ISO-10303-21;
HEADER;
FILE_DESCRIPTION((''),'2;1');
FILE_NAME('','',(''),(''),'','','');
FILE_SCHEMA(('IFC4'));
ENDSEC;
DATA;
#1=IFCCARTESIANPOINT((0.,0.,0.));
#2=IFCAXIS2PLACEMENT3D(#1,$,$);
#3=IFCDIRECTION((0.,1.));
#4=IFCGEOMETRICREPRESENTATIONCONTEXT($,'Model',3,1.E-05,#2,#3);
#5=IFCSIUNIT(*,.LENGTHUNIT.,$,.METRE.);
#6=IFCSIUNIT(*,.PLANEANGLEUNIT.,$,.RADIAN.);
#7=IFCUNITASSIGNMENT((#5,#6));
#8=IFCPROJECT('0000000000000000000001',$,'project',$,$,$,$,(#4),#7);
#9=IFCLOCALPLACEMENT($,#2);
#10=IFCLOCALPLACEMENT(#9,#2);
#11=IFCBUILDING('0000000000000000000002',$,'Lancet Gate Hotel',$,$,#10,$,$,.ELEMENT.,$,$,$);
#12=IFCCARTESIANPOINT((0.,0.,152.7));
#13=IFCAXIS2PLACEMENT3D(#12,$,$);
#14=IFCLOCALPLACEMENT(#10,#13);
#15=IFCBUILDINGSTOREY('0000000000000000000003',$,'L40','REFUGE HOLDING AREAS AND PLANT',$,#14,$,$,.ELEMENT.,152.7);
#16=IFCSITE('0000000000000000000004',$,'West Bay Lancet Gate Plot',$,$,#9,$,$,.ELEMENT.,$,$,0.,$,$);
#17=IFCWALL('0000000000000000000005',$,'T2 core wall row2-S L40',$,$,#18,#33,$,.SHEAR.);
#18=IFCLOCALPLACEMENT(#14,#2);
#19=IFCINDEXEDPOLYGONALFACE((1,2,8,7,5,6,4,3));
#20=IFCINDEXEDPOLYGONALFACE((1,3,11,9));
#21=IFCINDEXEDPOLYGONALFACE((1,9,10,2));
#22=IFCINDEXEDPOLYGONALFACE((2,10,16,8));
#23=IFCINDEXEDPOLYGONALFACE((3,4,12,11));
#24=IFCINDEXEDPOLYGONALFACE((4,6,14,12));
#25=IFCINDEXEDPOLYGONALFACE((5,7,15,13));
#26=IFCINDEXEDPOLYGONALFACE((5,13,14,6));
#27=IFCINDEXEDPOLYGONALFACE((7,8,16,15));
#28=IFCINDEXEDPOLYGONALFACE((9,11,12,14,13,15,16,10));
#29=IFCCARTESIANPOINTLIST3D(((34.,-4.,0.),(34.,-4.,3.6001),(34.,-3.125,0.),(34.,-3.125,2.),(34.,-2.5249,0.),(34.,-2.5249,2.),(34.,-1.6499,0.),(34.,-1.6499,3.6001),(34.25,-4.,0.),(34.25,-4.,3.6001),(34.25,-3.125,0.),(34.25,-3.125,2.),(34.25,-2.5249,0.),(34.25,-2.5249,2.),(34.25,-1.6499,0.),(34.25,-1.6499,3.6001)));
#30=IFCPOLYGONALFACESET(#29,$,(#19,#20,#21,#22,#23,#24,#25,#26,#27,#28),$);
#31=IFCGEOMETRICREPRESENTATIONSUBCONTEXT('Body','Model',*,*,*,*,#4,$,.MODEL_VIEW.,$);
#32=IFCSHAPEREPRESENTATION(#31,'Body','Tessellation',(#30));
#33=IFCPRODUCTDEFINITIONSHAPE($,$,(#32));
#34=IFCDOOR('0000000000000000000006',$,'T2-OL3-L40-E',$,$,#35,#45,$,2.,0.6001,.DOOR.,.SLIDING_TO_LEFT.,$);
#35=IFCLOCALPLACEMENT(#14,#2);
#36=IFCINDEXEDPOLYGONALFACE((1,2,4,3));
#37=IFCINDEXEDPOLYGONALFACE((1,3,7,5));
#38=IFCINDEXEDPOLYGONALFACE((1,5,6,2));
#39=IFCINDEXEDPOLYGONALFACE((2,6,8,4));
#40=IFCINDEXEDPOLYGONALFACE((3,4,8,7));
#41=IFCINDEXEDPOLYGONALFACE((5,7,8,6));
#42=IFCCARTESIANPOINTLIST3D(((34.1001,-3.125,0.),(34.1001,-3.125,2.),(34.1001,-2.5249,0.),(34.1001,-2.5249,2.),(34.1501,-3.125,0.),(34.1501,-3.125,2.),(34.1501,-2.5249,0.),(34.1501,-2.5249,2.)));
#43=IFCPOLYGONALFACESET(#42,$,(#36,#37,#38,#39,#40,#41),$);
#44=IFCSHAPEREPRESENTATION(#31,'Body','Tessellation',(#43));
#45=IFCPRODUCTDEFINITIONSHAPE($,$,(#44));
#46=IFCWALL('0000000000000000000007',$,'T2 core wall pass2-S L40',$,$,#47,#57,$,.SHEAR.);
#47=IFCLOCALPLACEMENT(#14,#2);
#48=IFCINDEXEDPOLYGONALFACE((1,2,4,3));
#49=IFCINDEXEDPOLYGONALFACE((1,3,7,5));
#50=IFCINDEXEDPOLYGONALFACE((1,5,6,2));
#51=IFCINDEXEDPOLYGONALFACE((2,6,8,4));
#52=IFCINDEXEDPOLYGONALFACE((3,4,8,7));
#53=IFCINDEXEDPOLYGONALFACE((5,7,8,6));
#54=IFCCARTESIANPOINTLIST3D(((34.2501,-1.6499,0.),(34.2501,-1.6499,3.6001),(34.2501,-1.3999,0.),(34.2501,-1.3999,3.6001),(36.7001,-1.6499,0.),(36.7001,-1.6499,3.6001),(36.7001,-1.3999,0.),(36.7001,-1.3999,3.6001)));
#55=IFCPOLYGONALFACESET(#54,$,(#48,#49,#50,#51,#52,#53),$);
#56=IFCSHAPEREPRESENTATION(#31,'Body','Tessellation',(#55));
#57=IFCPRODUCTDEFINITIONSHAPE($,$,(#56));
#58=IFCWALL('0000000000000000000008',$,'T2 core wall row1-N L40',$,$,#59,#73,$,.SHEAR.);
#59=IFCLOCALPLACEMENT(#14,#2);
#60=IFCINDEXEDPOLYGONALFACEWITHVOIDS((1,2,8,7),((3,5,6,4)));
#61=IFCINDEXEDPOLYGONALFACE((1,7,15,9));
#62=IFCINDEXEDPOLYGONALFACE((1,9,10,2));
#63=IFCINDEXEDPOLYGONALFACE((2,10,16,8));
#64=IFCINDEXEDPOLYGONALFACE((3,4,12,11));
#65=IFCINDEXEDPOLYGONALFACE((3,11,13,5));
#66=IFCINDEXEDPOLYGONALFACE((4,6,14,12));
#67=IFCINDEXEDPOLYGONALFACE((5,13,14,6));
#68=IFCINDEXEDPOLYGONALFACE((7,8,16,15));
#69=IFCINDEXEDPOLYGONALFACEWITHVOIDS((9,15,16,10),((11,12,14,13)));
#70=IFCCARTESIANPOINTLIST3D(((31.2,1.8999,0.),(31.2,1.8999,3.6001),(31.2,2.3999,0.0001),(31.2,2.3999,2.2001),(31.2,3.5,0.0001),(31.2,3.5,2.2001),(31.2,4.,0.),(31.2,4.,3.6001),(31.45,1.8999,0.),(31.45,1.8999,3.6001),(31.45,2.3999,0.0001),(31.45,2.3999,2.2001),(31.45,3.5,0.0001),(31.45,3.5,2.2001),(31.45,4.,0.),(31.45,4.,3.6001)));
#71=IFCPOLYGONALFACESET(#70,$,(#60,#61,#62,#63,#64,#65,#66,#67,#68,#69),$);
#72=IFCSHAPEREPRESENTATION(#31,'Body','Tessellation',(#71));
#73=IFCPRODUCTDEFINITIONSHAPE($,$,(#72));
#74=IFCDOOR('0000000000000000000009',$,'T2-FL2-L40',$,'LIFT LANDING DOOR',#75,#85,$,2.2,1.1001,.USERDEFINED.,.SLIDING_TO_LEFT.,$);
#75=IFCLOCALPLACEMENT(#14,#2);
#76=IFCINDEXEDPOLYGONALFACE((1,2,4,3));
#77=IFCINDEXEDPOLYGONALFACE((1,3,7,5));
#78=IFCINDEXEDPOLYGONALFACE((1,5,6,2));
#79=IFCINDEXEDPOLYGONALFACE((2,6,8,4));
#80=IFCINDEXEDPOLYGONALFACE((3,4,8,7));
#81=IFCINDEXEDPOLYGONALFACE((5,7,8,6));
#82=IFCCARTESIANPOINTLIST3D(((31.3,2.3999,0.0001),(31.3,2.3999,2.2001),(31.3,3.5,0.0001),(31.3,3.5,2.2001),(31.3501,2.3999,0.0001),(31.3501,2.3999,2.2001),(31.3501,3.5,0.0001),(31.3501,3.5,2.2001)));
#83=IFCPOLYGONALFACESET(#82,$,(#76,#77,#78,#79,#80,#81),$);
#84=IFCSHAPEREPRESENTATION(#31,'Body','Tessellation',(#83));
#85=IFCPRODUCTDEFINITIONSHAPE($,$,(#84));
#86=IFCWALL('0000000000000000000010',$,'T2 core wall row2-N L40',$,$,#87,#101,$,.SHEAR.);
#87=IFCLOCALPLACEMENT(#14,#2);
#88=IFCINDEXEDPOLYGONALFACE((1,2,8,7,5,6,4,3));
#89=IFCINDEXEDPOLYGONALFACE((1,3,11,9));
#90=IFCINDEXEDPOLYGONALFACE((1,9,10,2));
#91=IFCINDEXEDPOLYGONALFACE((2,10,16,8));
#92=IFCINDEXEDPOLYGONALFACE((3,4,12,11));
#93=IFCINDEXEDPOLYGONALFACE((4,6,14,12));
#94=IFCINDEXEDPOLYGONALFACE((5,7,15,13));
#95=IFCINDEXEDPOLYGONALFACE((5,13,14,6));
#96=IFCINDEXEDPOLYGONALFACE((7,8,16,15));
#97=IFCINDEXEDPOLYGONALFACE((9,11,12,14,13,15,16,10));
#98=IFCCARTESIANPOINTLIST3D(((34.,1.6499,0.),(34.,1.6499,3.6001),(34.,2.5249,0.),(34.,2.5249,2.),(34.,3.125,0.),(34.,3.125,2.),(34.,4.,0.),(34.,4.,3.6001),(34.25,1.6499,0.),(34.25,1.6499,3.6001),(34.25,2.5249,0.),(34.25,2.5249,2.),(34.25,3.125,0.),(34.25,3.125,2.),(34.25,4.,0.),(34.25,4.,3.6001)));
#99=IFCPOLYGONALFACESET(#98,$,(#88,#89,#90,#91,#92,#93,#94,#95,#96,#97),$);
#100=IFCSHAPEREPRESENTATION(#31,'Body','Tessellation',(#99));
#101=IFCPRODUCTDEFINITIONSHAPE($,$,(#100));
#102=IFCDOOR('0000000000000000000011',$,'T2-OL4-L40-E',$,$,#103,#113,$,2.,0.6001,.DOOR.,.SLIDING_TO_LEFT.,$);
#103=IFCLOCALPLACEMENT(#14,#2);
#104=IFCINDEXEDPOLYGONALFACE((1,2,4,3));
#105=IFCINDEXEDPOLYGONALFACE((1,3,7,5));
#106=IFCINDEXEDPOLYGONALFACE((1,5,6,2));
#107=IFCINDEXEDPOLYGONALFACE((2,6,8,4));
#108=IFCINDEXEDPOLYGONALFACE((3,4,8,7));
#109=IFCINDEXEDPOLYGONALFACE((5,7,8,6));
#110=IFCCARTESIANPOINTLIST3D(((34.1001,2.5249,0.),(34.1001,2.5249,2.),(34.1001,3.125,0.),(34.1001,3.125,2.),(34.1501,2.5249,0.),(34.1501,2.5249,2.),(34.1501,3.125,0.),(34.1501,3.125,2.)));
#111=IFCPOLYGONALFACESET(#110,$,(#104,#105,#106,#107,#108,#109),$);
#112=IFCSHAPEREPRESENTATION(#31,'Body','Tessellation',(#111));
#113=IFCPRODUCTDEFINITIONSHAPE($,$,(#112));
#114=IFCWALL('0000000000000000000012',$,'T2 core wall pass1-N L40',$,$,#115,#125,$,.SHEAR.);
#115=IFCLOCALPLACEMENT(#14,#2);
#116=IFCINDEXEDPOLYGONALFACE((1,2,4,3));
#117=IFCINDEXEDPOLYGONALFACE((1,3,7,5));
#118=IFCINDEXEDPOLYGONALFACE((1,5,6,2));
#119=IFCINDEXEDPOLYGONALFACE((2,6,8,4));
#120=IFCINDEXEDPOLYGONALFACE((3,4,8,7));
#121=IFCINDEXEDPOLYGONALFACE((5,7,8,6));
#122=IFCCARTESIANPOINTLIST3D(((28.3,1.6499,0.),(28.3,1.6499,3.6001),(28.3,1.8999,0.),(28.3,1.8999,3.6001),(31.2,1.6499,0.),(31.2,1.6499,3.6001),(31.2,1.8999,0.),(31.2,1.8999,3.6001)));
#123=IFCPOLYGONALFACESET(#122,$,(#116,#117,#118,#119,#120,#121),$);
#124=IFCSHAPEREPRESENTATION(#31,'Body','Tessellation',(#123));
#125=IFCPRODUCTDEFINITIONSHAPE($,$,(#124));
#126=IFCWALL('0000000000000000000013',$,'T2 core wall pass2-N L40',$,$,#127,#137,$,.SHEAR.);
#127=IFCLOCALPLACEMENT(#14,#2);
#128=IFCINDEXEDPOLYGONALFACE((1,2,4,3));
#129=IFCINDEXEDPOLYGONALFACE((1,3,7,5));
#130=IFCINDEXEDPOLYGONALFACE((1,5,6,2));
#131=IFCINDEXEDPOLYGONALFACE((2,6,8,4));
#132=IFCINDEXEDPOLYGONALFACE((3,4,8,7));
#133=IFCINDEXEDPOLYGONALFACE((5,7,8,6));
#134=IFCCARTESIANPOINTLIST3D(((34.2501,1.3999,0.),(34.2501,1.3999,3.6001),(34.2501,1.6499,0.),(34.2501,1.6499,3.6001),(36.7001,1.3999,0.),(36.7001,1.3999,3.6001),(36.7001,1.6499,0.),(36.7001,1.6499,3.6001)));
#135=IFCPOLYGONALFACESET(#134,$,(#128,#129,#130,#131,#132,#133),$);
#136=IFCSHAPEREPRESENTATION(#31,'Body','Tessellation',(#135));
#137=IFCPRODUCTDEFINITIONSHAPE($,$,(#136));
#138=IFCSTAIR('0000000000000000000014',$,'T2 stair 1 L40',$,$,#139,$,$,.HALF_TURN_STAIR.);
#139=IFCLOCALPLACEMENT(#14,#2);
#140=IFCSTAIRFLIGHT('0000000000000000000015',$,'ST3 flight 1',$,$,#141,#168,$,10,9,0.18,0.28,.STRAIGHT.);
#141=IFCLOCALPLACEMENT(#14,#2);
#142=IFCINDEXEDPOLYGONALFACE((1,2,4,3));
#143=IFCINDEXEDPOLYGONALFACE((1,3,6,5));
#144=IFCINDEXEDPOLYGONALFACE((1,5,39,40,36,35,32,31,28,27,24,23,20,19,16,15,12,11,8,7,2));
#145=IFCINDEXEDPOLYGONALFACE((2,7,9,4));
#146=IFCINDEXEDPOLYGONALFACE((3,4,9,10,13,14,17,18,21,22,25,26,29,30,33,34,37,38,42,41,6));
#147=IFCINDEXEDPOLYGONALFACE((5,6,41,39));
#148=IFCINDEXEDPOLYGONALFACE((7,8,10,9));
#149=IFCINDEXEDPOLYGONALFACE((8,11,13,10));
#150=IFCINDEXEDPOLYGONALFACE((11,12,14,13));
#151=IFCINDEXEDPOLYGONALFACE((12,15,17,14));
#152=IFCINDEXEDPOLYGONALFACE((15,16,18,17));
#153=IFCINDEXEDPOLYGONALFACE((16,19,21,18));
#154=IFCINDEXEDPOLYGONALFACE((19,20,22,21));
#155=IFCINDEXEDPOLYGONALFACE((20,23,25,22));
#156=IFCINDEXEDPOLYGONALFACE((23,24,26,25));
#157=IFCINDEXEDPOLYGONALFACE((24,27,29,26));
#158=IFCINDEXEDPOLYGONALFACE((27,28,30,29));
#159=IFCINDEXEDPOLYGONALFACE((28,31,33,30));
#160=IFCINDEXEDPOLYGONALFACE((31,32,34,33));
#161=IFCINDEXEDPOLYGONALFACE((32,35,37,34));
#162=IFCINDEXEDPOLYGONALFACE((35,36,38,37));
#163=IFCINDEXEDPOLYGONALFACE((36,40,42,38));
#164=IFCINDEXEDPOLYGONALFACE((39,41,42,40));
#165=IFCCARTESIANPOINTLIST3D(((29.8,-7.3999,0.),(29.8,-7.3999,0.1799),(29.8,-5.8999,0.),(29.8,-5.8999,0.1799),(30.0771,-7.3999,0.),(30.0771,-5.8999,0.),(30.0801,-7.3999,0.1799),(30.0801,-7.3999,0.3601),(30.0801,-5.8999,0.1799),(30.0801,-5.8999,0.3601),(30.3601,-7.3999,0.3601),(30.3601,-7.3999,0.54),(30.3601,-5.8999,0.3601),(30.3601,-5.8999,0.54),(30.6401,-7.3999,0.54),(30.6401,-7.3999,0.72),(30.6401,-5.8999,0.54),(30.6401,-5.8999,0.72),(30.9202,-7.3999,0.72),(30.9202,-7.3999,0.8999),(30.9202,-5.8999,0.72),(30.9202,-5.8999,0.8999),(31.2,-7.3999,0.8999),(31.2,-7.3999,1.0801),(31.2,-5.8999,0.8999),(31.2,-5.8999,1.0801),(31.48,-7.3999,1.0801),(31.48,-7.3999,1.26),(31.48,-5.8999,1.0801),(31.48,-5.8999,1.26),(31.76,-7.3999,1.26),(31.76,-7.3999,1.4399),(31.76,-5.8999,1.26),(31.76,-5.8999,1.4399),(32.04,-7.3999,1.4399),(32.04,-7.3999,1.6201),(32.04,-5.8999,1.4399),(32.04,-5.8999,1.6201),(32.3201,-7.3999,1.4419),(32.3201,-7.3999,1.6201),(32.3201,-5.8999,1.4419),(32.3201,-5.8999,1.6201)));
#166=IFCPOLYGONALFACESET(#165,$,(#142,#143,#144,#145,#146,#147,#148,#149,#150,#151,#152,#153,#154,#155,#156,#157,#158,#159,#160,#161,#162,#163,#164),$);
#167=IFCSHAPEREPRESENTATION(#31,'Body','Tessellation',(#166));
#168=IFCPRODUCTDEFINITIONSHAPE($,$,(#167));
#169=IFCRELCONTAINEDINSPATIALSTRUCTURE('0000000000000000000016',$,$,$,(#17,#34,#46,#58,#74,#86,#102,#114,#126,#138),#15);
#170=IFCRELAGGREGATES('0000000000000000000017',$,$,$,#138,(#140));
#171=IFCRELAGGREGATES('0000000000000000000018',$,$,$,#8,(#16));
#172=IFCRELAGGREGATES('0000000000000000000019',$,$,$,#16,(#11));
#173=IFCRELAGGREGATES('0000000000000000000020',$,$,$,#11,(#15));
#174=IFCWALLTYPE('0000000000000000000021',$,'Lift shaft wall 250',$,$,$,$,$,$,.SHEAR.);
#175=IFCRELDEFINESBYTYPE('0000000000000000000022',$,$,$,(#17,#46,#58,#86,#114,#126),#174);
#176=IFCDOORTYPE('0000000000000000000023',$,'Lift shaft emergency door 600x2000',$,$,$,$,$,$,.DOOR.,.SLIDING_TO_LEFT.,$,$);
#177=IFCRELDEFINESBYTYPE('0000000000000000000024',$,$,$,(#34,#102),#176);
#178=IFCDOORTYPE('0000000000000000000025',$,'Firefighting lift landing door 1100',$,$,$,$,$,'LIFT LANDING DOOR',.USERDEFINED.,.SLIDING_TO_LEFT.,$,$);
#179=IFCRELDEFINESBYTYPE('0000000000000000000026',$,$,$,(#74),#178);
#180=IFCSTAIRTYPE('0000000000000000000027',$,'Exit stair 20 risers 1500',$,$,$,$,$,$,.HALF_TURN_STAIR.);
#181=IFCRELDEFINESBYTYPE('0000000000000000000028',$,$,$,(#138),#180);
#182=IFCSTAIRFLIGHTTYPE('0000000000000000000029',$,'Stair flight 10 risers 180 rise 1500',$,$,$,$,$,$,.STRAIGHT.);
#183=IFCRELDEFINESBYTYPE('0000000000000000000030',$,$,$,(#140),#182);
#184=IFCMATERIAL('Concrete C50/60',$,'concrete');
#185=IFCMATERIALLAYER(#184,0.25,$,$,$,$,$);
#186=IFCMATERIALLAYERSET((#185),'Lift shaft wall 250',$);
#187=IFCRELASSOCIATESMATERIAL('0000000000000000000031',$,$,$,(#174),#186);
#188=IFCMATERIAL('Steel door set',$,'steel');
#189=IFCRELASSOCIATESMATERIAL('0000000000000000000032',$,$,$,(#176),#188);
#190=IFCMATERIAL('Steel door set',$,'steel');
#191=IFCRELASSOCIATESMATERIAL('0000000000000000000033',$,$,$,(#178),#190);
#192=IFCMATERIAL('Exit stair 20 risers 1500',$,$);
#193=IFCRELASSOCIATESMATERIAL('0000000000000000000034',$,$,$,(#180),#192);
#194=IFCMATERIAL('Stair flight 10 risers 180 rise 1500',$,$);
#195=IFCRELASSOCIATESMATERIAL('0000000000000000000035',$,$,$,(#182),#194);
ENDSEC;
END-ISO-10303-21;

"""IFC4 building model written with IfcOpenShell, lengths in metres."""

from ifc_helpers import new_model, si_unit, direction, frame, frame_2d, origin, place, context, subcontext, project, spatial, polyline, rectangle, outline, extrude, material, layer, layer_set, type_object, element, fill, aggregate, save


model = new_model("IFC4")

# Units and contexts
model_context = context("Model", 3, precision=1e-05, world=origin(), true_north=direction((0.0, 1.0)))
body_context = subcontext(model_context, "Body", "Model", "MODEL_VIEW")
ifc_project = project(units=[si_unit("LENGTHUNIT", "METRE"), si_unit("PLANEANGLEUNIT", "RADIAN")], contexts=[model_context])

# Site, building, storey
site_placement = place(None, origin())
site = spatial("IfcSite", under=ifc_project, at=site_placement, Name="West Bay Lancet Gate Plot", CompositionType="ELEMENT", RefElevation=0.0)
building_placement = place(site_placement, origin())
building = spatial("IfcBuilding", under=site, at=building_placement, Name="Lancet Gate Hotel", CompositionType="ELEMENT")
storey_placement = place(building_placement, frame((0.0, 0.0, 152.7)))
storey = spatial("IfcBuildingStorey", under=building, at=storey_placement, Name="L40", Description="REFUGE HOLDING AREAS AND PLANT", CompositionType="ELEMENT", Elevation=152.7)

# Wall, opening, door
ifc_material_1 = material(Name="Concrete C50/60", Category="concrete")
ifc_layer_1 = layer(ifc_material_1, 0.25)
ifc_layer_set_1 = layer_set([ifc_layer_1], Name="Lift shaft wall 250")
wall_type_1 = type_object("IfcWallType", Name="Lift shaft wall 250", PredefinedType="SHEAR", material=ifc_layer_set_1)
wall_1_placement = place(storey_placement, frame((34.125, -4.0, 0.0), z_axis=(0.0, 0.0, 1.0), x_axis=(0.0, 1.0, 0.0)))
wall_1 = element("IfcWall", 1, at=wall_1_placement, inside=storey, type_object=wall_type_1, Name="T2 core wall row2-S L40", PredefinedType="SHEAR", context=body_context, shape_type="SweptSolid", body=[
    extrude(rectangle(XDim=2.3501, YDim=0.25, at=frame_2d((1.175, 0.0))), origin(), (0.0, 0.0, 1.0), 3.6001),
])
opening_1_placement = place(wall_1_placement, frame((0.875, 0.0, 0.0)))
opening_1 = element("IfcOpeningElement", 2, at=opening_1_placement, cuts=wall_1, PredefinedType="OPENING", context=body_context, shape_type="SweptSolid", body=[
    extrude(rectangle(XDim=0.6001, YDim=2.0, at=frame_2d((0.3, 1.0))), frame((0.0, 0.135, 0.0), z_axis=(0.0, -1.0, 0.0), x_axis=(1.0, 0.0, 0.0)), (0.0, 0.0, 1.0), 0.27),
])
ifc_material_2 = material(Name="Steel door set", Category="steel")
door_type_1 = type_object("IfcDoorType", Name="Lift shaft emergency door 600x2000", OperationType="SLIDING_TO_LEFT", PredefinedType="DOOR", material=ifc_material_2)
door_1_placement = place(opening_1_placement, origin())
door_1 = element("IfcDoor", 3, at=door_1_placement, inside=storey, type_object=door_type_1, Name="T2-OL3-L40-E", OperationType="SLIDING_TO_LEFT", OverallHeight=2.0, OverallWidth=0.6001, PredefinedType="DOOR", context=body_context, shape_type="SweptSolid", body=[
    extrude(rectangle(XDim=0.6001, YDim=2.0, at=frame_2d((0.3, 1.0))), frame((0.0, 0.0249, 0.0), z_axis=(0.0, -1.0, 0.0), x_axis=(1.0, 0.0, 0.0)), (0.0, 0.0, 1.0), 0.05),
])
fill(opening_1, door_1)

# Wall
wall_2_placement = place(storey_placement, frame((34.25, -1.5249, 0.0), z_axis=(0.0, 0.0, 1.0), x_axis=(1.0, 0.0, 0.0)))
element("IfcWall", 4, at=wall_2_placement, inside=storey, type_object=wall_type_1, Name="T2 core wall pass2-S L40", PredefinedType="SHEAR", context=body_context, shape_type="SweptSolid", body=[
    extrude(rectangle(XDim=2.45, YDim=0.25, at=frame_2d((1.2251, 0.0))), origin(), (0.0, 0.0, 1.0), 3.6001),
])

# Walls, openings, doors
wall_3_placement = place(storey_placement, frame((31.325, 1.8999, 0.0), z_axis=(0.0, 0.0, 1.0), x_axis=(0.0, 1.0, 0.0)))
wall_3 = element("IfcWall", 5, at=wall_3_placement, inside=storey, type_object=wall_type_1, Name="T2 core wall row1-N L40", PredefinedType="SHEAR", context=body_context, shape_type="SweptSolid", body=[
    extrude(rectangle(XDim=2.1001, YDim=0.25, at=frame_2d((1.05, 0.0))), origin(), (0.0, 0.0, 1.0), 3.6001),
])
opening_2_placement = place(wall_3_placement, frame((0.5, 0.0, 0.0)))
opening_2 = element("IfcOpeningElement", 6, at=opening_2_placement, cuts=wall_3, PredefinedType="OPENING", context=body_context, shape_type="SweptSolid", body=[
    extrude(rectangle(XDim=1.1001, YDim=2.2, at=frame_2d((0.55, 1.1001))), frame((0.0, 0.135, 0.0), z_axis=(0.0, -1.0, 0.0), x_axis=(1.0, 0.0, 0.0)), (0.0, 0.0, 1.0), 0.27),
])
ifc_material_3 = material(Name="Steel door set", Category="steel")
door_type_2 = type_object("IfcDoorType", Name="Firefighting lift landing door 1100", ElementType="LIFT LANDING DOOR", OperationType="SLIDING_TO_LEFT", PredefinedType="USERDEFINED", material=ifc_material_3)
door_2_placement = place(opening_2_placement, origin())
door_2 = element("IfcDoor", 7, at=door_2_placement, inside=storey, type_object=door_type_2, Name="T2-FL2-L40", ObjectType="LIFT LANDING DOOR", OperationType="SLIDING_TO_LEFT", OverallHeight=2.2, OverallWidth=1.1001, PredefinedType="USERDEFINED", context=body_context, shape_type="SweptSolid", body=[
    extrude(rectangle(XDim=1.1001, YDim=2.2, at=frame_2d((0.55, 1.1001))), frame((0.0, 0.0249, 0.0), z_axis=(0.0, -1.0, 0.0), x_axis=(1.0, 0.0, 0.0)), (0.0, 0.0, 1.0), 0.05),
])
fill(opening_2, door_2)
wall_4_placement = place(storey_placement, frame((34.125, 1.6499, 0.0), z_axis=(0.0, 0.0, 1.0), x_axis=(0.0, 1.0, 0.0)))
wall_4 = element("IfcWall", 8, at=wall_4_placement, inside=storey, type_object=wall_type_1, Name="T2 core wall row2-N L40", PredefinedType="SHEAR", context=body_context, shape_type="SweptSolid", body=[
    extrude(rectangle(XDim=2.3501, YDim=0.25, at=frame_2d((1.175, 0.0))), origin(), (0.0, 0.0, 1.0), 3.6001),
])
opening_3_placement = place(wall_4_placement, frame((0.875, 0.0, 0.0)))
opening_3 = element("IfcOpeningElement", 9, at=opening_3_placement, cuts=wall_4, PredefinedType="OPENING", context=body_context, shape_type="SweptSolid", body=[
    extrude(rectangle(XDim=0.6001, YDim=2.0, at=frame_2d((0.3, 1.0))), frame((0.0, 0.135, 0.0), z_axis=(0.0, -1.0, 0.0), x_axis=(1.0, 0.0, 0.0)), (0.0, 0.0, 1.0), 0.27),
])
door_3_placement = place(opening_3_placement, origin())
door_3 = element("IfcDoor", 10, at=door_3_placement, inside=storey, type_object=door_type_1, Name="T2-OL4-L40-E", OperationType="SLIDING_TO_LEFT", OverallHeight=2.0, OverallWidth=0.6001, PredefinedType="DOOR", context=body_context, shape_type="SweptSolid", body=[
    extrude(rectangle(XDim=0.6001, YDim=2.0, at=frame_2d((0.3, 1.0))), frame((0.0, 0.0249, 0.0), z_axis=(0.0, -1.0, 0.0), x_axis=(1.0, 0.0, 0.0)), (0.0, 0.0, 1.0), 0.05),
])
fill(opening_3, door_3)

# Walls
wall_5_placement = place(storey_placement, frame((28.3, 1.7749, 0.0), z_axis=(0.0, 0.0, 1.0), x_axis=(1.0, 0.0, 0.0)))
element("IfcWall", 11, at=wall_5_placement, inside=storey, type_object=wall_type_1, Name="T2 core wall pass1-N L40", PredefinedType="SHEAR", context=body_context, shape_type="SweptSolid", body=[
    extrude(rectangle(XDim=2.8999, YDim=0.25, at=frame_2d((1.45, 0.0))), origin(), (0.0, 0.0, 1.0), 3.6001),
])
wall_6_placement = place(storey_placement, frame((34.25, 1.5249, 0.0), z_axis=(0.0, 0.0, 1.0), x_axis=(1.0, 0.0, 0.0)))
element("IfcWall", 12, at=wall_6_placement, inside=storey, type_object=wall_type_1, Name="T2 core wall pass2-N L40", PredefinedType="SHEAR", context=body_context, shape_type="SweptSolid", body=[
    extrude(rectangle(XDim=2.45, YDim=0.25, at=frame_2d((1.2251, 0.0))), origin(), (0.0, 0.0, 1.0), 3.6001),
])

# Stair, stair flight
ifc_material_4 = material(Name="Exit stair 20 risers 1500")
stair_type = type_object("IfcStairType", Name="Exit stair 20 risers 1500", PredefinedType="HALF_TURN_STAIR", material=ifc_material_4)
stair_placement = place(storey_placement, origin())
stair = element("IfcStair", 13, at=stair_placement, inside=storey, type_object=stair_type, Name="T2 stair 1 L40", PredefinedType="HALF_TURN_STAIR")
ifc_material_5 = material(Name="Stair flight 10 risers 180 rise 1500")
stair_flight_type = type_object("IfcStairFlightType", Name="Stair flight 10 risers 180 rise 1500", PredefinedType="STRAIGHT", material=ifc_material_5)
stair_flight_1_placement = place(storey_placement, frame((29.8, -6.6499, 0.0), z_axis=(0.0, 0.0, 1.0), x_axis=(1.0, 0.0, 0.0)))
stair_flight_1 = element("IfcStairFlight", 14, at=stair_flight_1_placement, type_object=stair_flight_type, Name="ST3 flight 1", NumberOfRisers=10, NumberOfTreads=9, PredefinedType="STRAIGHT", RiserHeight=0.18, TreadLength=0.28, context=body_context, shape_type="SweptSolid", body=[
    extrude(outline(polyline([(0.0, 0.0), (0.0, 0.1799), (0.28, 0.1799), (0.28, 0.3601), (0.5601, 0.3601), (0.5601, 0.54), (0.8401, 0.54), (0.8401, 0.72), (1.1201, 0.72), (1.1201, 0.8999), (1.3999, 0.8999), (1.3999, 1.0801), (1.6799, 1.0801), (1.6799, 1.26), (1.96, 1.26), (1.96, 1.4399), (2.24, 1.4399), (2.24, 1.6201), (2.52, 1.6201), (2.52, 1.8), (2.52, 1.4419), (0.2771, 0.0), (0.0, 0.0)])), frame((0.0, 0.75, 0.0), z_axis=(0.0, -1.0, 0.0), x_axis=(1.0, 0.0, 0.0)), (0.0, 0.0, 1.0), 1.5),
])
aggregate(stair, [stair_flight_1])

save(model, "model.ifc")
